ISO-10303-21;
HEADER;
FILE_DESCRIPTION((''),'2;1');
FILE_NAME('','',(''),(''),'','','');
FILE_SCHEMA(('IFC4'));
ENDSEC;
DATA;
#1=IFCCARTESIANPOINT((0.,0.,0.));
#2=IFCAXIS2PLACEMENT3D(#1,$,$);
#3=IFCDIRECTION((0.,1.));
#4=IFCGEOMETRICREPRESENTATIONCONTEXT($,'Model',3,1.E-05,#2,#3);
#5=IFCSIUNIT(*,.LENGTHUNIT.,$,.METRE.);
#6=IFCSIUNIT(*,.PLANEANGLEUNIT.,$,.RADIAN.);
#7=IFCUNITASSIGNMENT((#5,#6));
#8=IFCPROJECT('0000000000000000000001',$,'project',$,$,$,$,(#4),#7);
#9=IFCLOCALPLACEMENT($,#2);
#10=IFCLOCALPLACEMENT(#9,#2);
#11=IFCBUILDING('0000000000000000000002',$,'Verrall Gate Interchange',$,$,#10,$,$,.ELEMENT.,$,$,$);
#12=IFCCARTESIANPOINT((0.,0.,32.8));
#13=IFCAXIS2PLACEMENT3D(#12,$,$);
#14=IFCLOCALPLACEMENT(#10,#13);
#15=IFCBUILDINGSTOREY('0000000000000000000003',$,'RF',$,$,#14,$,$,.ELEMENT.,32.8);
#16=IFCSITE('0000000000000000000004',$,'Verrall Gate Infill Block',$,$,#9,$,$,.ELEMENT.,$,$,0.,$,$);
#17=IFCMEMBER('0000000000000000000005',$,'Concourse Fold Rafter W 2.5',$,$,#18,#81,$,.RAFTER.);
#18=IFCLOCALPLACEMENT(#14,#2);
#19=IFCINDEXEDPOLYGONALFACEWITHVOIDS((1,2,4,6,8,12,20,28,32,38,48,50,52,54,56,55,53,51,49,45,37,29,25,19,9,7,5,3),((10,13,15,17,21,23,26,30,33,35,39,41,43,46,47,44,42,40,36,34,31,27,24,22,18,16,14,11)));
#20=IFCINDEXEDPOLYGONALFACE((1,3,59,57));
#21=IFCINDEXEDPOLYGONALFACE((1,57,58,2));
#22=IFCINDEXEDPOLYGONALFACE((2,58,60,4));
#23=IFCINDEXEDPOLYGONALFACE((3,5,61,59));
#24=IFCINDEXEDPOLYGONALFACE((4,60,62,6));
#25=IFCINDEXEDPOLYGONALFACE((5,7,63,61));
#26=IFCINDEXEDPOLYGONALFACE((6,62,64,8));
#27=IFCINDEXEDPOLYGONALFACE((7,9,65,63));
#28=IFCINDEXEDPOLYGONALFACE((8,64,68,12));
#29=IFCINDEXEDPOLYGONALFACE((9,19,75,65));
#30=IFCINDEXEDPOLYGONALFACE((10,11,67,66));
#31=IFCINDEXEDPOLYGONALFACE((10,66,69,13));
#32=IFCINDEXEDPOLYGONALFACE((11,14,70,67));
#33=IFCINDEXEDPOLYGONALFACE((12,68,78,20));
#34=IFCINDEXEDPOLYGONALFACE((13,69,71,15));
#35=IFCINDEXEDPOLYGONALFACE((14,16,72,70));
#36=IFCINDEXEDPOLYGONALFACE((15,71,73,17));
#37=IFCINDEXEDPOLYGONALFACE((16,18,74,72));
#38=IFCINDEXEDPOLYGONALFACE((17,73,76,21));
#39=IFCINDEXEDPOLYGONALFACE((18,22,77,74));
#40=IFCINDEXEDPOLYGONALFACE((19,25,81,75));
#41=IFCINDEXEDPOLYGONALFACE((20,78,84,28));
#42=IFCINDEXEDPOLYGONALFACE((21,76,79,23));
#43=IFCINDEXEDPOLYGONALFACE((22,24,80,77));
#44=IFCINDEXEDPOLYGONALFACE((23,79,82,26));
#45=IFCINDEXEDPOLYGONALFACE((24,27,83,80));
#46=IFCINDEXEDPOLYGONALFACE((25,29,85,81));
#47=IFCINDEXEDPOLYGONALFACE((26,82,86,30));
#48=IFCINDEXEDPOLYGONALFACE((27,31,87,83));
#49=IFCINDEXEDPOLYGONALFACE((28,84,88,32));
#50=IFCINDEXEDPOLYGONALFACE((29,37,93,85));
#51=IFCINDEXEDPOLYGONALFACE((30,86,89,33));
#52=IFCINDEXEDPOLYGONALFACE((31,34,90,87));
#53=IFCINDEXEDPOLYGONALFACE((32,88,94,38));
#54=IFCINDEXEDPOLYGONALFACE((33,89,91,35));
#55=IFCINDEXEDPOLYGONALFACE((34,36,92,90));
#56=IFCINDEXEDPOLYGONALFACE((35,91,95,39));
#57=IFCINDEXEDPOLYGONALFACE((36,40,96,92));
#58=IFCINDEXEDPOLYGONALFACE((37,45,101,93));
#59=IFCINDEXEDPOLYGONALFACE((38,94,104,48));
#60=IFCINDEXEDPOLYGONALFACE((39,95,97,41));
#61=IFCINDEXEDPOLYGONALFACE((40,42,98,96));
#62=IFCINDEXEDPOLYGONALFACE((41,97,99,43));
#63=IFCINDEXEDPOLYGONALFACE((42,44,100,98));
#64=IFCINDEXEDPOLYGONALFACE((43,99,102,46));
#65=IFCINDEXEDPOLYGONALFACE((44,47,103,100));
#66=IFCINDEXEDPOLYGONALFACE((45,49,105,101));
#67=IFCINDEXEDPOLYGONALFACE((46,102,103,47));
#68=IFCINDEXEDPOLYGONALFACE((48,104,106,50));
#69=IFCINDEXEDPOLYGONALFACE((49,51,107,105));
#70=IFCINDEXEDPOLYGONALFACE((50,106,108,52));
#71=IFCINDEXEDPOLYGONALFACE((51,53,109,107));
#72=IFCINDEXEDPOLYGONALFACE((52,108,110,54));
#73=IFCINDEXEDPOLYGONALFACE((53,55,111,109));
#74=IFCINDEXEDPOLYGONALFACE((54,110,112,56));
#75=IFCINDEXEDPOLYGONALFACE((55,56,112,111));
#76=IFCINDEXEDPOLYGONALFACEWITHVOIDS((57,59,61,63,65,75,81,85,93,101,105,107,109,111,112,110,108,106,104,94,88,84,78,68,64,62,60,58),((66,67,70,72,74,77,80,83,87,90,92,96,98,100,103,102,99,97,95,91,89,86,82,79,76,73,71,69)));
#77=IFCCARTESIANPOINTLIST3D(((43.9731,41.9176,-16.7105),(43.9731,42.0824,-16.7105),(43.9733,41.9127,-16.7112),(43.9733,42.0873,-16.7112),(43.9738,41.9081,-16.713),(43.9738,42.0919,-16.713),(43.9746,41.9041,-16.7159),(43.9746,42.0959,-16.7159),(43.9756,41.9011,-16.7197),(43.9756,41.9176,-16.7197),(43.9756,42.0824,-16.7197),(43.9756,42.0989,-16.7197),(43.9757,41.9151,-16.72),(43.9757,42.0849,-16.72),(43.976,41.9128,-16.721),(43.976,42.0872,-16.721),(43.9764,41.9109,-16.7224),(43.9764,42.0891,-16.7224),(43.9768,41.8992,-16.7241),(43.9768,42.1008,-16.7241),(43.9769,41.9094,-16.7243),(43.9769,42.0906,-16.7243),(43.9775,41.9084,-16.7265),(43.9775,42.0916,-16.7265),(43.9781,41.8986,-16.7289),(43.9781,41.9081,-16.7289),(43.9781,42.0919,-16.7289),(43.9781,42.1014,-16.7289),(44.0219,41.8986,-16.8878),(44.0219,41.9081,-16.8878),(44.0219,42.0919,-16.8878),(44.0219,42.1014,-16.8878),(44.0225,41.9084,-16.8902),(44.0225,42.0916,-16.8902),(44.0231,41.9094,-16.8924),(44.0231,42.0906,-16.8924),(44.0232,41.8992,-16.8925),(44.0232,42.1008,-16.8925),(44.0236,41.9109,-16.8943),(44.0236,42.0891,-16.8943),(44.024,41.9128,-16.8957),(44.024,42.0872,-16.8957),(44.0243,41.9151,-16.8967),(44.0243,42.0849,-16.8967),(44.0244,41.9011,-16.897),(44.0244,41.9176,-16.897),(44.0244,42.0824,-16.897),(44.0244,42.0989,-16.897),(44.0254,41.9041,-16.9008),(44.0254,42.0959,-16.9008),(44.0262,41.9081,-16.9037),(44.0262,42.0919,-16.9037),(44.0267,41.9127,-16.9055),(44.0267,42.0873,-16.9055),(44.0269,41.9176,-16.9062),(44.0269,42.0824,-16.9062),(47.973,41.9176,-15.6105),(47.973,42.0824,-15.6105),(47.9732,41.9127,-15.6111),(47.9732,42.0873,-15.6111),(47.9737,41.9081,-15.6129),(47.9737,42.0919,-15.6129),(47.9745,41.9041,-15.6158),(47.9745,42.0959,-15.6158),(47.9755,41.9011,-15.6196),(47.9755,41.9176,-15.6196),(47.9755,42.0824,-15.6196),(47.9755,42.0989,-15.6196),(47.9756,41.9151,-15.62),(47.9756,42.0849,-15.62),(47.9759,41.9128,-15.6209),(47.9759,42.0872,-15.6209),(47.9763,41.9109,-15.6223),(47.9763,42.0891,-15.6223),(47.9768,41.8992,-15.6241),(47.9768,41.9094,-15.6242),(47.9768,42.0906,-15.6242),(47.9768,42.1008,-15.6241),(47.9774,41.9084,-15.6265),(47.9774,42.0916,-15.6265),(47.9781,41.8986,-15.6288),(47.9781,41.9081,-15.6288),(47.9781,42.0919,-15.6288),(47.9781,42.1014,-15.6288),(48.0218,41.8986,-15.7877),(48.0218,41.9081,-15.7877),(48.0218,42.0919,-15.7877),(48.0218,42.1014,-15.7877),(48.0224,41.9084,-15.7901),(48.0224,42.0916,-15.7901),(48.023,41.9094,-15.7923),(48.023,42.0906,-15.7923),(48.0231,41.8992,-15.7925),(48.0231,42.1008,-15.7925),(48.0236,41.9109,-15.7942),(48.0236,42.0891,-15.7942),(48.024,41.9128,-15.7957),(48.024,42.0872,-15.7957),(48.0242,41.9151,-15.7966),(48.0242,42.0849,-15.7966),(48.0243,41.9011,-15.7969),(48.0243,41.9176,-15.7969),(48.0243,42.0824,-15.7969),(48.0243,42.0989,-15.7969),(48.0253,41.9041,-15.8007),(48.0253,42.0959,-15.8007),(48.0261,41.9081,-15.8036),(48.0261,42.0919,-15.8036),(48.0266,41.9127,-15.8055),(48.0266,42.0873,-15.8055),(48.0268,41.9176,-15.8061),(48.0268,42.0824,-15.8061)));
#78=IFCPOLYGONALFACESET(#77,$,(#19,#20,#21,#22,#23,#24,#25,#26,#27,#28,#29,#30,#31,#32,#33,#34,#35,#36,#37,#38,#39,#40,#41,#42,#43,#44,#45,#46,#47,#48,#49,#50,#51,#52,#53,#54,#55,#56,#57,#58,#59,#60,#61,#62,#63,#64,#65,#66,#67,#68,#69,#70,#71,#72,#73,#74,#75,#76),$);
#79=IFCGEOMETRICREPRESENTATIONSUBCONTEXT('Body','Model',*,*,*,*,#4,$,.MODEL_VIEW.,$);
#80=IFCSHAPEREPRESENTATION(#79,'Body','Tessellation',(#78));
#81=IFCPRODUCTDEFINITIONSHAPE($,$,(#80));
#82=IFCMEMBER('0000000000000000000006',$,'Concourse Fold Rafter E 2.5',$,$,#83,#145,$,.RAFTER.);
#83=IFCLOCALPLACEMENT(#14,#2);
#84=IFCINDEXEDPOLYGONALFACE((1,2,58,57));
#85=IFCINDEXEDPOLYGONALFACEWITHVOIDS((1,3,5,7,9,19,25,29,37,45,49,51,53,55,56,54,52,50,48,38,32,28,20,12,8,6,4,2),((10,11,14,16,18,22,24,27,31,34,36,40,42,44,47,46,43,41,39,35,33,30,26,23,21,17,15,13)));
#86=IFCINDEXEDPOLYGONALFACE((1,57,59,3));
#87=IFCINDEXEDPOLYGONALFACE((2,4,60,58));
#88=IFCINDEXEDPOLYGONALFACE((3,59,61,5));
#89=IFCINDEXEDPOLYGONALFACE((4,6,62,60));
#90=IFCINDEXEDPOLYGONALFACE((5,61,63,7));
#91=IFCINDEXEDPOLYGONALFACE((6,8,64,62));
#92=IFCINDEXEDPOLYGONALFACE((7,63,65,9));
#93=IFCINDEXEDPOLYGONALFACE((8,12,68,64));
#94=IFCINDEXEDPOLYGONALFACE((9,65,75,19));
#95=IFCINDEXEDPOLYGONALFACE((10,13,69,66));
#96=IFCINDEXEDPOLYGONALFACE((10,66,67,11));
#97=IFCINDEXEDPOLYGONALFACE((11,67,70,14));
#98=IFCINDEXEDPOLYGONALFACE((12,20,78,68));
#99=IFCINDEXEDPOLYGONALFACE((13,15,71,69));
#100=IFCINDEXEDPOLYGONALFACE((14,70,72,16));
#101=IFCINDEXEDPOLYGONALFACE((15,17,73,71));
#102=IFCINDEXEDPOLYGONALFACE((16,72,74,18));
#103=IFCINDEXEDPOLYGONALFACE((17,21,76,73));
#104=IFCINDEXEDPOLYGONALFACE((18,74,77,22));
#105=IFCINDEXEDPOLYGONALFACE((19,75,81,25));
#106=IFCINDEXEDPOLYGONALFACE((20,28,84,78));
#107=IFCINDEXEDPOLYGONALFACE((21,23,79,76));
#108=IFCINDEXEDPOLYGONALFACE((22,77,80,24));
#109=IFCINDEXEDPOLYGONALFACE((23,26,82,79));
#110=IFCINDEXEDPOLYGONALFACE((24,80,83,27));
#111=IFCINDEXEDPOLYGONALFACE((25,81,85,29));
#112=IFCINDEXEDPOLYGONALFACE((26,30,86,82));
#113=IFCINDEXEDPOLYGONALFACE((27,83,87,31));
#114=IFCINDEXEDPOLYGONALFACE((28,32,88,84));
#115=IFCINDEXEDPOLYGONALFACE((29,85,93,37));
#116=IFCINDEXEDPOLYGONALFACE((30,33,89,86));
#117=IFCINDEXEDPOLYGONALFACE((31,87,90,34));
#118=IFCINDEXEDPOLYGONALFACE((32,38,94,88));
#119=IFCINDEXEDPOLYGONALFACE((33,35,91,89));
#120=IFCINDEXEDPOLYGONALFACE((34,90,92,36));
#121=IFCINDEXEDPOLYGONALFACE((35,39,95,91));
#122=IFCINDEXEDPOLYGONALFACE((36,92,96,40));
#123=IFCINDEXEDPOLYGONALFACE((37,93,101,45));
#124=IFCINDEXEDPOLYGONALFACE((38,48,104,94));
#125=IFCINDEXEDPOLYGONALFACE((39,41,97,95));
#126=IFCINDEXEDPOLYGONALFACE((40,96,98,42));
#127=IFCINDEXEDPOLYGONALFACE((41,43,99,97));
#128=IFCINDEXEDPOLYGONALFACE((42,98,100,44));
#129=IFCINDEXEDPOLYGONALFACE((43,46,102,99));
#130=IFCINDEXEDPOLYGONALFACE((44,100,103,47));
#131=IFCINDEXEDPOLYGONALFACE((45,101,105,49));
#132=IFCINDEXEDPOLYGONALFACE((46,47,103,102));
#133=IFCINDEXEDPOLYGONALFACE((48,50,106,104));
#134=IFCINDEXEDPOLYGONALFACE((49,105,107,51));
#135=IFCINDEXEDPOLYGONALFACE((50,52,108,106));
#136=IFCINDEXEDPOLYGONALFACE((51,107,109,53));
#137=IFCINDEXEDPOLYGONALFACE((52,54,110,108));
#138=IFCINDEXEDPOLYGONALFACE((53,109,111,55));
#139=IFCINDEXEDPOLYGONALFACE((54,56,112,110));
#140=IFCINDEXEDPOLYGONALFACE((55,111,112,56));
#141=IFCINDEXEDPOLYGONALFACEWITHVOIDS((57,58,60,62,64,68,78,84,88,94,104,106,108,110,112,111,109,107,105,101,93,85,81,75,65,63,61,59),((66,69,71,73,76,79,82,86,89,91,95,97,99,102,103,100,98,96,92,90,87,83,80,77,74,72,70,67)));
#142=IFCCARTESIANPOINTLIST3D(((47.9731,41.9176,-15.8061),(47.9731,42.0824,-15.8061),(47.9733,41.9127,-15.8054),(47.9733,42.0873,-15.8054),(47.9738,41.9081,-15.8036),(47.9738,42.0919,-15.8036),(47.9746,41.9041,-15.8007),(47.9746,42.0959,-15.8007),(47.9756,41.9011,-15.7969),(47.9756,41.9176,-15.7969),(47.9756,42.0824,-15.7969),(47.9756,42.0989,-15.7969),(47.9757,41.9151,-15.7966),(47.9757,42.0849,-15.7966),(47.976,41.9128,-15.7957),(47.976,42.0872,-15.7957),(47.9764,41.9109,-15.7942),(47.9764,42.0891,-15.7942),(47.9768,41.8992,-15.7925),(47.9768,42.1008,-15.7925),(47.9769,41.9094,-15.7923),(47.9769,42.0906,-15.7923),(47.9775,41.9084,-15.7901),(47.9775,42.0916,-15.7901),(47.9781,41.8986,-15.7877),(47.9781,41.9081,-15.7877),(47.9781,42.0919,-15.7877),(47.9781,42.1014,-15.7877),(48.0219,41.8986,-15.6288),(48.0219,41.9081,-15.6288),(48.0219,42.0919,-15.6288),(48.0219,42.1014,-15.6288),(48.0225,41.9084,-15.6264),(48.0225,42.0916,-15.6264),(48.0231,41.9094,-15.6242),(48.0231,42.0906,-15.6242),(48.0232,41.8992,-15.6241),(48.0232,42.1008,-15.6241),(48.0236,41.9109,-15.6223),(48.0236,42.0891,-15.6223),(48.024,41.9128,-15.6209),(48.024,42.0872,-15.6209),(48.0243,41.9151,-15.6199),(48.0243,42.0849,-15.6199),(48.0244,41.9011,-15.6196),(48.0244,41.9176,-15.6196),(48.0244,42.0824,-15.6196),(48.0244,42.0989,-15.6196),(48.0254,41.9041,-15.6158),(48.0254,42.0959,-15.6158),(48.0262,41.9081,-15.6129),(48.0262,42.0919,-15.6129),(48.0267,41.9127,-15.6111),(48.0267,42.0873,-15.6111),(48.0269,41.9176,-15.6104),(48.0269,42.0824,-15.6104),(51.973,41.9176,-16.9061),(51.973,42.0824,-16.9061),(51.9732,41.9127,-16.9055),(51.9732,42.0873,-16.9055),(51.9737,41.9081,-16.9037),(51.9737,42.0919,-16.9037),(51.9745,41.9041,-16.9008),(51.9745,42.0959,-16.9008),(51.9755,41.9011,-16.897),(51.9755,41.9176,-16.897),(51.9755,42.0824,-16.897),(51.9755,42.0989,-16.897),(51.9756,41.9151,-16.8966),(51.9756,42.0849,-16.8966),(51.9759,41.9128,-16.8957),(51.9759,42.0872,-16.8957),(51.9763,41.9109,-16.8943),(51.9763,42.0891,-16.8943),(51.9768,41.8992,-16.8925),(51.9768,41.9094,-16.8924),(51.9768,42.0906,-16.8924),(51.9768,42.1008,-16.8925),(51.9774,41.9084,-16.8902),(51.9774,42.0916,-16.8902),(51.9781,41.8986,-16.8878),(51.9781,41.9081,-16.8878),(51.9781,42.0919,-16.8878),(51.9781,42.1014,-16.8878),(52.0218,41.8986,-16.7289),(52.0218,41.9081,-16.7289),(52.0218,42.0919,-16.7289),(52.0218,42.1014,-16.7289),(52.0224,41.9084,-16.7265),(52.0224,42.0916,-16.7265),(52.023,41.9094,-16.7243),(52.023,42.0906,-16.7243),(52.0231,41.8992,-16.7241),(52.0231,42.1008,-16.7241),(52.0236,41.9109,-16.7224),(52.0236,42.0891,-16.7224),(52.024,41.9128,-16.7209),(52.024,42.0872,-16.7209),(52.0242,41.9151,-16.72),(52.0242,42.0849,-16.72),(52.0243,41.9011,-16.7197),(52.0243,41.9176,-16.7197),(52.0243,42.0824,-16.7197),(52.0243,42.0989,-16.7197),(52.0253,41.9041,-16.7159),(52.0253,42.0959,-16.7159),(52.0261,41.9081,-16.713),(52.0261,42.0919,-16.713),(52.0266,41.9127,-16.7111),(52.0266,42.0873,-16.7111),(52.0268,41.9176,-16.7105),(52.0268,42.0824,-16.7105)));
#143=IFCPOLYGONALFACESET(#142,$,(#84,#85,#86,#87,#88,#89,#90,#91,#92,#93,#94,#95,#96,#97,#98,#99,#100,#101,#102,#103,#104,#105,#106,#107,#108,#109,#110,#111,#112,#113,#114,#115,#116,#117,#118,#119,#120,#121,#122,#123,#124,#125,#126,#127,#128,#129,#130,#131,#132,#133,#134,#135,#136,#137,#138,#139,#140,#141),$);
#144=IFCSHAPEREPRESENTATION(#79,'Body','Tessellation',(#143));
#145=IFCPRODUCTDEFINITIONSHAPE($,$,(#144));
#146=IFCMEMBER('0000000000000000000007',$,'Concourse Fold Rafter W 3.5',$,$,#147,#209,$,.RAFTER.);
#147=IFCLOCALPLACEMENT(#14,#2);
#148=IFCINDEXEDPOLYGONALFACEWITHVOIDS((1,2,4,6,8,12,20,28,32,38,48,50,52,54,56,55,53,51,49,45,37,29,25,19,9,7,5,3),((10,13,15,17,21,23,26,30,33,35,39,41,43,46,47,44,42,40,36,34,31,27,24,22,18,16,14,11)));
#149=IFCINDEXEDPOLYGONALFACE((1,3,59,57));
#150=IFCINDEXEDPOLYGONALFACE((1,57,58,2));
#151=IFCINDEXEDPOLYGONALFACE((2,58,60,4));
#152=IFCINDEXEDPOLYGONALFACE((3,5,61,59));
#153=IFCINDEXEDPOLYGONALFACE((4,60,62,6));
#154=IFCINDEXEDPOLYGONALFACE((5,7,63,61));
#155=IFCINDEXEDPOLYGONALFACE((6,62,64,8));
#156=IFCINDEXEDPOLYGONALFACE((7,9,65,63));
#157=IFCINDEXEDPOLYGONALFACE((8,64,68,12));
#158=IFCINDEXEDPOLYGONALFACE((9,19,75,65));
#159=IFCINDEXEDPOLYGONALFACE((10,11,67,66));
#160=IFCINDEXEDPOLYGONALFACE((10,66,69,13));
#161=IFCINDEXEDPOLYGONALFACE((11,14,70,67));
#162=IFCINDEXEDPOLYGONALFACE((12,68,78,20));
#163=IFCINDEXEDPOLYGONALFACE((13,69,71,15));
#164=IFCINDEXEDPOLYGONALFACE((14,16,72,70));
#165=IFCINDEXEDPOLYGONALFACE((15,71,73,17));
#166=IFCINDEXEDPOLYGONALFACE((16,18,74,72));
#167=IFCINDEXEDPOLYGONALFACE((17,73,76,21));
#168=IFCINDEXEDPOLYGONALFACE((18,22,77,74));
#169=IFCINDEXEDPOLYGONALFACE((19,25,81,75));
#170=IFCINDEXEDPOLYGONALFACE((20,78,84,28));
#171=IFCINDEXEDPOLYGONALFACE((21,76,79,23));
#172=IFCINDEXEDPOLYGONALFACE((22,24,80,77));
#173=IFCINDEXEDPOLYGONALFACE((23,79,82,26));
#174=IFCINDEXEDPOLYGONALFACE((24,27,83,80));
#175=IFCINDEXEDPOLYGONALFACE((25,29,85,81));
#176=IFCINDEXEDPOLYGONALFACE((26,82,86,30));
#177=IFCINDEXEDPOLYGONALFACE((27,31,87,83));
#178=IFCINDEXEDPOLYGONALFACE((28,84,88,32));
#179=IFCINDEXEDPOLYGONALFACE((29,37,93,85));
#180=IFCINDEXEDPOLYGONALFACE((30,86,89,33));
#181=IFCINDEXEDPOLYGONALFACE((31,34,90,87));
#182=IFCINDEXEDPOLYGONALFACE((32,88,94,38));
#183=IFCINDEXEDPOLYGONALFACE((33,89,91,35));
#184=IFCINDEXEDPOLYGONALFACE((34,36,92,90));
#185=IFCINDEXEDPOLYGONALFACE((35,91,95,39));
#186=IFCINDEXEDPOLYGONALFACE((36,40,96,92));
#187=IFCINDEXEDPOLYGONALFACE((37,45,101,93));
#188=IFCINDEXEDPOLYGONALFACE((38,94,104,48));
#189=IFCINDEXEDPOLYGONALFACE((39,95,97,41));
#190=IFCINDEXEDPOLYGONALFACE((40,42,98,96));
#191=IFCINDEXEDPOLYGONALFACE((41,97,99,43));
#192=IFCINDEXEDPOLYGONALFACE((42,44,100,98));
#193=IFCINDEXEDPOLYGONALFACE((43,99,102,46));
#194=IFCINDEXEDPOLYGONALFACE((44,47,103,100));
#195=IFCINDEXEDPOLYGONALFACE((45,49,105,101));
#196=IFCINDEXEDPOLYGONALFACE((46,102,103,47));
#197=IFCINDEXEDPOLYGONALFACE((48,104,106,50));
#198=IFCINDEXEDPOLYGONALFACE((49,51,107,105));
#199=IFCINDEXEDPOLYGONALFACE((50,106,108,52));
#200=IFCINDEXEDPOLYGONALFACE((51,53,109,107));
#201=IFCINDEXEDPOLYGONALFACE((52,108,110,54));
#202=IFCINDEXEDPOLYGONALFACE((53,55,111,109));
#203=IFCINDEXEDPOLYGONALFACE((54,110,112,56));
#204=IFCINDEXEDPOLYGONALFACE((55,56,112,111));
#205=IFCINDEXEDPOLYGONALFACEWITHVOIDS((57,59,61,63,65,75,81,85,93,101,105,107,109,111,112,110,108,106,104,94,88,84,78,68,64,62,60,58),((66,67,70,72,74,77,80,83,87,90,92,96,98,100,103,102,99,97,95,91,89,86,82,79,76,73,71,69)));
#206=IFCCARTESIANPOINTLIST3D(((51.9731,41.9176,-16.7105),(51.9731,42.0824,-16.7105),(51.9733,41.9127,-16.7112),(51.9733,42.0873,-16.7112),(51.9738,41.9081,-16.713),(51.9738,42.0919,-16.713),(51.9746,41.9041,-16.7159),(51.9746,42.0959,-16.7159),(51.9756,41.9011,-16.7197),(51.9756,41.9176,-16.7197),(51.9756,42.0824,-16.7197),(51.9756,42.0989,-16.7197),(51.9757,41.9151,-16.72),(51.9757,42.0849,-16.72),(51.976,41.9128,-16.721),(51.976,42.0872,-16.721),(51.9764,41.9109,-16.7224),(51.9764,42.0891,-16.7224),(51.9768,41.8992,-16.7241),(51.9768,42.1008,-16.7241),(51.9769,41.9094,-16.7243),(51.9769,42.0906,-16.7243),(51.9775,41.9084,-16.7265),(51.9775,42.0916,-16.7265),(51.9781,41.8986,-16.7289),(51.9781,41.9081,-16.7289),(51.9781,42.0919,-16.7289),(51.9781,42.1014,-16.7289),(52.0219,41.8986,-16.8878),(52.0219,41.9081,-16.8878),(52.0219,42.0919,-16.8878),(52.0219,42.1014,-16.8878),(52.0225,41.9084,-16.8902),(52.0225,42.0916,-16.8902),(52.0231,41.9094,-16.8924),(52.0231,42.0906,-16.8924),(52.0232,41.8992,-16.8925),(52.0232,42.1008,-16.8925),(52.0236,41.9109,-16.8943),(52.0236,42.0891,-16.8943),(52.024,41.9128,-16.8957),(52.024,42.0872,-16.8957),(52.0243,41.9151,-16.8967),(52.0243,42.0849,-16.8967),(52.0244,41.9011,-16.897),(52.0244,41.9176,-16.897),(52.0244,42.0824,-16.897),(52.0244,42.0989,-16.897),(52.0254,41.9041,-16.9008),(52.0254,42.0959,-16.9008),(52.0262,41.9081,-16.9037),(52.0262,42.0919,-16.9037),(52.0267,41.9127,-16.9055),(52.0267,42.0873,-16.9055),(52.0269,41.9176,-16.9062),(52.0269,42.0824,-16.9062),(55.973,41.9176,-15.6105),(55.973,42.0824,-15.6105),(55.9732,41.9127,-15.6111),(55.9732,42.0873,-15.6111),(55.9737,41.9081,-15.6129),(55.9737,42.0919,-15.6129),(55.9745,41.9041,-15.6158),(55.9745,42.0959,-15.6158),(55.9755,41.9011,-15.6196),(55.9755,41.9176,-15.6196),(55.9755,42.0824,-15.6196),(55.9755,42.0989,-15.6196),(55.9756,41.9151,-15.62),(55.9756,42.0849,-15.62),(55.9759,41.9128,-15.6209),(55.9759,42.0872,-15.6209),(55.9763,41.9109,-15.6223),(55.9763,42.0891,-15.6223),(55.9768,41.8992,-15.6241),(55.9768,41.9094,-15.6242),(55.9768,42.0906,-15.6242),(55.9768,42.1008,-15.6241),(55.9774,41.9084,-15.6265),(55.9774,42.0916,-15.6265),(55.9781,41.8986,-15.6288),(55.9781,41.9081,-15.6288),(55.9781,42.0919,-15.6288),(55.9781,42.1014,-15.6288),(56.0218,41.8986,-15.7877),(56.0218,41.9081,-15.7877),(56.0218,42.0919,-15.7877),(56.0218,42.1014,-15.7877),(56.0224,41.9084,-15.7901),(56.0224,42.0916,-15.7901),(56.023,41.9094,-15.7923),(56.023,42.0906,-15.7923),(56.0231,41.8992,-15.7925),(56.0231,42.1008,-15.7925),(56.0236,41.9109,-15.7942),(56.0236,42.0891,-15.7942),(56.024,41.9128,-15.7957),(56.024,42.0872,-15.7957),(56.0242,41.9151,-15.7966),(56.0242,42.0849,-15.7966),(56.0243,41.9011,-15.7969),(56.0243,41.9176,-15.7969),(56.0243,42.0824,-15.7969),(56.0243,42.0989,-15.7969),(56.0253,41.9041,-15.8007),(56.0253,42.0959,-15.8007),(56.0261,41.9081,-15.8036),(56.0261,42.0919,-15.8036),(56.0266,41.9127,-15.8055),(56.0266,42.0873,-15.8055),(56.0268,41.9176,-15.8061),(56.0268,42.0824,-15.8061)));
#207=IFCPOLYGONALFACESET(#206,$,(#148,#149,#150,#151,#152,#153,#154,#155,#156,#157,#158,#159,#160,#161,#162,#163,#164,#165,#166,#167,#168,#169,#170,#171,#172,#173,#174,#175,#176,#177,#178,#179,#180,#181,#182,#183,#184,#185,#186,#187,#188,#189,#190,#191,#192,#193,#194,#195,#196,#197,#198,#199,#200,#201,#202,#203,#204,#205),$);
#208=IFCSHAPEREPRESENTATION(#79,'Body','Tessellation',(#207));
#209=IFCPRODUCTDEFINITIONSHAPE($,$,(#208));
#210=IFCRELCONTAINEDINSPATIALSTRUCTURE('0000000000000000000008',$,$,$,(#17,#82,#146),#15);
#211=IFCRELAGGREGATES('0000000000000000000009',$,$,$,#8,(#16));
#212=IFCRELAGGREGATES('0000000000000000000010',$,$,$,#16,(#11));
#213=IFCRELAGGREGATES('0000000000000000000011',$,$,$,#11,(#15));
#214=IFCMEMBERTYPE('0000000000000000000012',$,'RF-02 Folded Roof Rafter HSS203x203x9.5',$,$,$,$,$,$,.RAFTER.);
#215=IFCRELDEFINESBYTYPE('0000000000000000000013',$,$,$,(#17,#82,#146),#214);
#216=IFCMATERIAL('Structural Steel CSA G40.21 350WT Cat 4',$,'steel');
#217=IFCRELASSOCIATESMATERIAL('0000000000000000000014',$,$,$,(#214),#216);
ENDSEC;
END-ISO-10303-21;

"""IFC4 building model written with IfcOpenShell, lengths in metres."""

from ifc_helpers import new_model, si_unit, direction, frame, origin, origin_2d, place, context, subcontext, project, spatial, hollow_rectangle, extrude, material, material_profile, profile_set, type_object, element, save


model = new_model("IFC4")

# Units and contexts
model_context = context("Model", 3, precision=1e-05, world=origin(), true_north=direction((0.0, 1.0)))
body_context = subcontext(model_context, "Body", "Model", "MODEL_VIEW")
ifc_project = project(units=[si_unit("LENGTHUNIT", "METRE"), si_unit("PLANEANGLEUNIT", "RADIAN")], contexts=[model_context])

# Site, building, storey
site_placement = place(None, origin())
site = spatial("IfcSite", under=ifc_project, at=site_placement, Name="Verrall Gate Infill Block", CompositionType="ELEMENT", RefElevation=0.0)
building_placement = place(site_placement, origin())
building = spatial("IfcBuilding", under=site, at=building_placement, Name="Verrall Gate Interchange", CompositionType="ELEMENT")
storey_placement = place(building_placement, frame((0.0, 0.0, 32.8)))
storey = spatial("IfcBuildingStorey", under=building, at=storey_placement, Name="RF", CompositionType="ELEMENT", Elevation=32.8)

# Members
ifc_material_1 = material(Name="Structural Steel CSA G40.21 350WT Cat 4", Category="steel")
ifc_material_profile_1 = material_profile(ifc_material_1, hollow_rectangle(XDim=0.2029, YDim=0.2029, WallThickness=0.0095, InnerFilletRadius=0.0095, OuterFilletRadius=0.019, at=origin_2d()), Name="HSS203x203x9.5")
ifc_profile_set_1 = profile_set([ifc_material_profile_1], Name="Structural Steel CSA G40.21 350WT Cat 4")
member_type_1 = type_object("IfcMemberType", Name="RF-02 Folded Roof Rafter HSS203x203x9.5", PredefinedType="RAFTER", material=ifc_profile_set_1)
for number, where, z_axis, x_axis, name in (
    (1, (44.0, 42.0, -16.8083), (0.964199, 0.0, 0.265178), (0.0, 1.0, 0.0), "Concourse Fold Rafter W 2.5"),
    (2, (48.0, 42.0, -15.7083), (0.964199, 0.0, -0.265178), (0.0, 1.0, 0.0), "Concourse Fold Rafter E 2.5"),
    (3, (52.0, 42.0, -16.8083), (0.964199, 0.0, 0.265178), (0.0, 1.0, 0.0), "Concourse Fold Rafter W 3.5"),
):
    element("IfcMember", number, at=place(storey_placement, frame(where, z_axis=z_axis, x_axis=x_axis)), inside=storey, type_object=member_type_1, Name=name, PredefinedType="RAFTER", context=body_context, shape_type="SweptSolid", body=[
        extrude(hollow_rectangle(XDim=0.2029, YDim=0.2029, WallThickness=0.0095, InnerFilletRadius=0.0095, OuterFilletRadius=0.019, at=origin_2d()), origin(), (0.0, 0.0, 1.0), 4.1484),
    ])

save(model, "model.ifc")
